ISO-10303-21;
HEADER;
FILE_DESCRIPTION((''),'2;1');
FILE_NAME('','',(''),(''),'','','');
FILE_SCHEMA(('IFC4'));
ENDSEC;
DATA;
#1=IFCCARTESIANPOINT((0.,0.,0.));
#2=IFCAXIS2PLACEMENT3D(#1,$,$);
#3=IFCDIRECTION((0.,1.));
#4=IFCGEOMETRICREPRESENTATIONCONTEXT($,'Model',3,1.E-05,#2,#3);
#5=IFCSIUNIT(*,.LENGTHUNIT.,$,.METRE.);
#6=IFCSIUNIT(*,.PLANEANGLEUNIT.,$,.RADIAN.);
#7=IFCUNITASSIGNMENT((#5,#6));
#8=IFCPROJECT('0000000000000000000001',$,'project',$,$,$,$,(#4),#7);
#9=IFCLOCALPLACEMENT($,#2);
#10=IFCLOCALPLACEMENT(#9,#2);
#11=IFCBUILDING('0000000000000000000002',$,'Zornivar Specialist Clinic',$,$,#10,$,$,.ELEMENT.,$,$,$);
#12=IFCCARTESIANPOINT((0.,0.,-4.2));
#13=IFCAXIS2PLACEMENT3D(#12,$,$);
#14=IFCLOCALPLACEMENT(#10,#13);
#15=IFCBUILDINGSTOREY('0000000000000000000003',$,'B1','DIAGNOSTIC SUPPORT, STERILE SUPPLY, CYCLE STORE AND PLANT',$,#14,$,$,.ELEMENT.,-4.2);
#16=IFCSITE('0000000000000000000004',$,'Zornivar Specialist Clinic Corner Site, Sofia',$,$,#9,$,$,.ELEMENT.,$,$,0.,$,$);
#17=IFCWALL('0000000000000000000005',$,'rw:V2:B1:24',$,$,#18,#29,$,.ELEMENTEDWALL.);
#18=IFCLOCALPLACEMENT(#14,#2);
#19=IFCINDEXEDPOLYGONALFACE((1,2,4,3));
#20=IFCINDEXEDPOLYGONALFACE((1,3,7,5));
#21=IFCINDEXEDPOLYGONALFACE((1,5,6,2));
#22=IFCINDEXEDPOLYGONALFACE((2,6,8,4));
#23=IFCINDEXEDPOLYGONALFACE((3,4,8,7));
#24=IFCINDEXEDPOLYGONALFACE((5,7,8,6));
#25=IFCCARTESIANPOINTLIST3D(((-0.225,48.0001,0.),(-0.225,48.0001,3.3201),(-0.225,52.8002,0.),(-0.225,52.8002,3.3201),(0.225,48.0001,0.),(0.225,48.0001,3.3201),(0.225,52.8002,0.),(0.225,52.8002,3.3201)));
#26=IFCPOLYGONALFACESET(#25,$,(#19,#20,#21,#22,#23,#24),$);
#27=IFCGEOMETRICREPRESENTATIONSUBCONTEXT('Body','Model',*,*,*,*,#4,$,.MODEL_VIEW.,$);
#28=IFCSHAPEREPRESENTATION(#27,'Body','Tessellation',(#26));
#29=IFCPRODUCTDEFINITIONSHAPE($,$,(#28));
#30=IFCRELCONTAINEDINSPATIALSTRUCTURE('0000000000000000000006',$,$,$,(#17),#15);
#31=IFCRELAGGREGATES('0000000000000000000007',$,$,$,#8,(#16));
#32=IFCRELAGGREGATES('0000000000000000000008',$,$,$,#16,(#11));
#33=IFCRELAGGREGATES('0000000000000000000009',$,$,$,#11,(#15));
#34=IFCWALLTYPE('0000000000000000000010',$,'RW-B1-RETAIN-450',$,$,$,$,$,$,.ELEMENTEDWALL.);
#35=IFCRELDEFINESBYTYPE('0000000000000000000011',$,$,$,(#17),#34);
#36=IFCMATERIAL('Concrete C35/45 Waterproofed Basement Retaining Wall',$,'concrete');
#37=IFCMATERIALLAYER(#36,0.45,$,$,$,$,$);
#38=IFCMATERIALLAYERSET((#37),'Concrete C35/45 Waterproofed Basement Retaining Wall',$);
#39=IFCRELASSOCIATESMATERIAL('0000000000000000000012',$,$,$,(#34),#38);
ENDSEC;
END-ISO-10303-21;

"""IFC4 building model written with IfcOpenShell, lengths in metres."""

from ifc_helpers import new_model, si_unit, direction, frame, frame_2d, origin, place, context, subcontext, project, spatial, rectangle, extrude, material, layer, layer_set, type_object, element, save


model = new_model("IFC4")

# Units and contexts
model_context = context("Model", 3, precision=1e-05, world=origin(), true_north=direction((0.0, 1.0)))
body_context = subcontext(model_context, "Body", "Model", "MODEL_VIEW")
ifc_project = project(units=[si_unit("LENGTHUNIT", "METRE"), si_unit("PLANEANGLEUNIT", "RADIAN")], contexts=[model_context])

# Site, building, storey
site_placement = place(None, origin())
site = spatial("IfcSite", under=ifc_project, at=site_placement, Name="Zornivar Specialist Clinic Corner Site, Sofia", CompositionType="ELEMENT", RefElevation=0.0)
building_placement = place(site_placement, origin())
building = spatial("IfcBuilding", under=site, at=building_placement, Name="Zornivar Specialist Clinic", CompositionType="ELEMENT")
storey_placement = place(building_placement, frame((0.0, 0.0, -4.2)))
storey = spatial("IfcBuildingStorey", under=building, at=storey_placement, Name="B1", Description="DIAGNOSTIC SUPPORT, STERILE SUPPLY, CYCLE STORE AND PLANT", CompositionType="ELEMENT", Elevation=-4.2)

# Wall
ifc_material_1 = material(Name="Concrete C35/45 Waterproofed Basement Retaining Wall", Category="concrete")
ifc_layer_1 = layer(ifc_material_1, 0.45)
ifc_layer_set_1 = layer_set([ifc_layer_1], Name="Concrete C35/45 Waterproofed Basement Retaining Wall")
wall_type_1 = type_object("IfcWallType", Name="RW-B1-RETAIN-450", PredefinedType="ELEMENTEDWALL", material=ifc_layer_set_1)
for number, where, z_axis, x_axis, name in (
    (1, (0.0, 52.8, 0.0), (0.0, 0.0, 1.0), (0.0, -1.0, 0.0), "rw:V2:B1:24"),
):
    element("IfcWall", number, at=place(storey_placement, frame(where, z_axis=z_axis, x_axis=x_axis)), inside=storey, type_object=wall_type_1, Name=name, PredefinedType="ELEMENTEDWALL", context=body_context, shape_type="SweptSolid", body=[
        extrude(rectangle(XDim=4.8, YDim=0.45, at=frame_2d((2.3999, 0.0))), origin(), (0.0, 0.0, 1.0), 3.3201),
    ])

save(model, "model.ifc")
